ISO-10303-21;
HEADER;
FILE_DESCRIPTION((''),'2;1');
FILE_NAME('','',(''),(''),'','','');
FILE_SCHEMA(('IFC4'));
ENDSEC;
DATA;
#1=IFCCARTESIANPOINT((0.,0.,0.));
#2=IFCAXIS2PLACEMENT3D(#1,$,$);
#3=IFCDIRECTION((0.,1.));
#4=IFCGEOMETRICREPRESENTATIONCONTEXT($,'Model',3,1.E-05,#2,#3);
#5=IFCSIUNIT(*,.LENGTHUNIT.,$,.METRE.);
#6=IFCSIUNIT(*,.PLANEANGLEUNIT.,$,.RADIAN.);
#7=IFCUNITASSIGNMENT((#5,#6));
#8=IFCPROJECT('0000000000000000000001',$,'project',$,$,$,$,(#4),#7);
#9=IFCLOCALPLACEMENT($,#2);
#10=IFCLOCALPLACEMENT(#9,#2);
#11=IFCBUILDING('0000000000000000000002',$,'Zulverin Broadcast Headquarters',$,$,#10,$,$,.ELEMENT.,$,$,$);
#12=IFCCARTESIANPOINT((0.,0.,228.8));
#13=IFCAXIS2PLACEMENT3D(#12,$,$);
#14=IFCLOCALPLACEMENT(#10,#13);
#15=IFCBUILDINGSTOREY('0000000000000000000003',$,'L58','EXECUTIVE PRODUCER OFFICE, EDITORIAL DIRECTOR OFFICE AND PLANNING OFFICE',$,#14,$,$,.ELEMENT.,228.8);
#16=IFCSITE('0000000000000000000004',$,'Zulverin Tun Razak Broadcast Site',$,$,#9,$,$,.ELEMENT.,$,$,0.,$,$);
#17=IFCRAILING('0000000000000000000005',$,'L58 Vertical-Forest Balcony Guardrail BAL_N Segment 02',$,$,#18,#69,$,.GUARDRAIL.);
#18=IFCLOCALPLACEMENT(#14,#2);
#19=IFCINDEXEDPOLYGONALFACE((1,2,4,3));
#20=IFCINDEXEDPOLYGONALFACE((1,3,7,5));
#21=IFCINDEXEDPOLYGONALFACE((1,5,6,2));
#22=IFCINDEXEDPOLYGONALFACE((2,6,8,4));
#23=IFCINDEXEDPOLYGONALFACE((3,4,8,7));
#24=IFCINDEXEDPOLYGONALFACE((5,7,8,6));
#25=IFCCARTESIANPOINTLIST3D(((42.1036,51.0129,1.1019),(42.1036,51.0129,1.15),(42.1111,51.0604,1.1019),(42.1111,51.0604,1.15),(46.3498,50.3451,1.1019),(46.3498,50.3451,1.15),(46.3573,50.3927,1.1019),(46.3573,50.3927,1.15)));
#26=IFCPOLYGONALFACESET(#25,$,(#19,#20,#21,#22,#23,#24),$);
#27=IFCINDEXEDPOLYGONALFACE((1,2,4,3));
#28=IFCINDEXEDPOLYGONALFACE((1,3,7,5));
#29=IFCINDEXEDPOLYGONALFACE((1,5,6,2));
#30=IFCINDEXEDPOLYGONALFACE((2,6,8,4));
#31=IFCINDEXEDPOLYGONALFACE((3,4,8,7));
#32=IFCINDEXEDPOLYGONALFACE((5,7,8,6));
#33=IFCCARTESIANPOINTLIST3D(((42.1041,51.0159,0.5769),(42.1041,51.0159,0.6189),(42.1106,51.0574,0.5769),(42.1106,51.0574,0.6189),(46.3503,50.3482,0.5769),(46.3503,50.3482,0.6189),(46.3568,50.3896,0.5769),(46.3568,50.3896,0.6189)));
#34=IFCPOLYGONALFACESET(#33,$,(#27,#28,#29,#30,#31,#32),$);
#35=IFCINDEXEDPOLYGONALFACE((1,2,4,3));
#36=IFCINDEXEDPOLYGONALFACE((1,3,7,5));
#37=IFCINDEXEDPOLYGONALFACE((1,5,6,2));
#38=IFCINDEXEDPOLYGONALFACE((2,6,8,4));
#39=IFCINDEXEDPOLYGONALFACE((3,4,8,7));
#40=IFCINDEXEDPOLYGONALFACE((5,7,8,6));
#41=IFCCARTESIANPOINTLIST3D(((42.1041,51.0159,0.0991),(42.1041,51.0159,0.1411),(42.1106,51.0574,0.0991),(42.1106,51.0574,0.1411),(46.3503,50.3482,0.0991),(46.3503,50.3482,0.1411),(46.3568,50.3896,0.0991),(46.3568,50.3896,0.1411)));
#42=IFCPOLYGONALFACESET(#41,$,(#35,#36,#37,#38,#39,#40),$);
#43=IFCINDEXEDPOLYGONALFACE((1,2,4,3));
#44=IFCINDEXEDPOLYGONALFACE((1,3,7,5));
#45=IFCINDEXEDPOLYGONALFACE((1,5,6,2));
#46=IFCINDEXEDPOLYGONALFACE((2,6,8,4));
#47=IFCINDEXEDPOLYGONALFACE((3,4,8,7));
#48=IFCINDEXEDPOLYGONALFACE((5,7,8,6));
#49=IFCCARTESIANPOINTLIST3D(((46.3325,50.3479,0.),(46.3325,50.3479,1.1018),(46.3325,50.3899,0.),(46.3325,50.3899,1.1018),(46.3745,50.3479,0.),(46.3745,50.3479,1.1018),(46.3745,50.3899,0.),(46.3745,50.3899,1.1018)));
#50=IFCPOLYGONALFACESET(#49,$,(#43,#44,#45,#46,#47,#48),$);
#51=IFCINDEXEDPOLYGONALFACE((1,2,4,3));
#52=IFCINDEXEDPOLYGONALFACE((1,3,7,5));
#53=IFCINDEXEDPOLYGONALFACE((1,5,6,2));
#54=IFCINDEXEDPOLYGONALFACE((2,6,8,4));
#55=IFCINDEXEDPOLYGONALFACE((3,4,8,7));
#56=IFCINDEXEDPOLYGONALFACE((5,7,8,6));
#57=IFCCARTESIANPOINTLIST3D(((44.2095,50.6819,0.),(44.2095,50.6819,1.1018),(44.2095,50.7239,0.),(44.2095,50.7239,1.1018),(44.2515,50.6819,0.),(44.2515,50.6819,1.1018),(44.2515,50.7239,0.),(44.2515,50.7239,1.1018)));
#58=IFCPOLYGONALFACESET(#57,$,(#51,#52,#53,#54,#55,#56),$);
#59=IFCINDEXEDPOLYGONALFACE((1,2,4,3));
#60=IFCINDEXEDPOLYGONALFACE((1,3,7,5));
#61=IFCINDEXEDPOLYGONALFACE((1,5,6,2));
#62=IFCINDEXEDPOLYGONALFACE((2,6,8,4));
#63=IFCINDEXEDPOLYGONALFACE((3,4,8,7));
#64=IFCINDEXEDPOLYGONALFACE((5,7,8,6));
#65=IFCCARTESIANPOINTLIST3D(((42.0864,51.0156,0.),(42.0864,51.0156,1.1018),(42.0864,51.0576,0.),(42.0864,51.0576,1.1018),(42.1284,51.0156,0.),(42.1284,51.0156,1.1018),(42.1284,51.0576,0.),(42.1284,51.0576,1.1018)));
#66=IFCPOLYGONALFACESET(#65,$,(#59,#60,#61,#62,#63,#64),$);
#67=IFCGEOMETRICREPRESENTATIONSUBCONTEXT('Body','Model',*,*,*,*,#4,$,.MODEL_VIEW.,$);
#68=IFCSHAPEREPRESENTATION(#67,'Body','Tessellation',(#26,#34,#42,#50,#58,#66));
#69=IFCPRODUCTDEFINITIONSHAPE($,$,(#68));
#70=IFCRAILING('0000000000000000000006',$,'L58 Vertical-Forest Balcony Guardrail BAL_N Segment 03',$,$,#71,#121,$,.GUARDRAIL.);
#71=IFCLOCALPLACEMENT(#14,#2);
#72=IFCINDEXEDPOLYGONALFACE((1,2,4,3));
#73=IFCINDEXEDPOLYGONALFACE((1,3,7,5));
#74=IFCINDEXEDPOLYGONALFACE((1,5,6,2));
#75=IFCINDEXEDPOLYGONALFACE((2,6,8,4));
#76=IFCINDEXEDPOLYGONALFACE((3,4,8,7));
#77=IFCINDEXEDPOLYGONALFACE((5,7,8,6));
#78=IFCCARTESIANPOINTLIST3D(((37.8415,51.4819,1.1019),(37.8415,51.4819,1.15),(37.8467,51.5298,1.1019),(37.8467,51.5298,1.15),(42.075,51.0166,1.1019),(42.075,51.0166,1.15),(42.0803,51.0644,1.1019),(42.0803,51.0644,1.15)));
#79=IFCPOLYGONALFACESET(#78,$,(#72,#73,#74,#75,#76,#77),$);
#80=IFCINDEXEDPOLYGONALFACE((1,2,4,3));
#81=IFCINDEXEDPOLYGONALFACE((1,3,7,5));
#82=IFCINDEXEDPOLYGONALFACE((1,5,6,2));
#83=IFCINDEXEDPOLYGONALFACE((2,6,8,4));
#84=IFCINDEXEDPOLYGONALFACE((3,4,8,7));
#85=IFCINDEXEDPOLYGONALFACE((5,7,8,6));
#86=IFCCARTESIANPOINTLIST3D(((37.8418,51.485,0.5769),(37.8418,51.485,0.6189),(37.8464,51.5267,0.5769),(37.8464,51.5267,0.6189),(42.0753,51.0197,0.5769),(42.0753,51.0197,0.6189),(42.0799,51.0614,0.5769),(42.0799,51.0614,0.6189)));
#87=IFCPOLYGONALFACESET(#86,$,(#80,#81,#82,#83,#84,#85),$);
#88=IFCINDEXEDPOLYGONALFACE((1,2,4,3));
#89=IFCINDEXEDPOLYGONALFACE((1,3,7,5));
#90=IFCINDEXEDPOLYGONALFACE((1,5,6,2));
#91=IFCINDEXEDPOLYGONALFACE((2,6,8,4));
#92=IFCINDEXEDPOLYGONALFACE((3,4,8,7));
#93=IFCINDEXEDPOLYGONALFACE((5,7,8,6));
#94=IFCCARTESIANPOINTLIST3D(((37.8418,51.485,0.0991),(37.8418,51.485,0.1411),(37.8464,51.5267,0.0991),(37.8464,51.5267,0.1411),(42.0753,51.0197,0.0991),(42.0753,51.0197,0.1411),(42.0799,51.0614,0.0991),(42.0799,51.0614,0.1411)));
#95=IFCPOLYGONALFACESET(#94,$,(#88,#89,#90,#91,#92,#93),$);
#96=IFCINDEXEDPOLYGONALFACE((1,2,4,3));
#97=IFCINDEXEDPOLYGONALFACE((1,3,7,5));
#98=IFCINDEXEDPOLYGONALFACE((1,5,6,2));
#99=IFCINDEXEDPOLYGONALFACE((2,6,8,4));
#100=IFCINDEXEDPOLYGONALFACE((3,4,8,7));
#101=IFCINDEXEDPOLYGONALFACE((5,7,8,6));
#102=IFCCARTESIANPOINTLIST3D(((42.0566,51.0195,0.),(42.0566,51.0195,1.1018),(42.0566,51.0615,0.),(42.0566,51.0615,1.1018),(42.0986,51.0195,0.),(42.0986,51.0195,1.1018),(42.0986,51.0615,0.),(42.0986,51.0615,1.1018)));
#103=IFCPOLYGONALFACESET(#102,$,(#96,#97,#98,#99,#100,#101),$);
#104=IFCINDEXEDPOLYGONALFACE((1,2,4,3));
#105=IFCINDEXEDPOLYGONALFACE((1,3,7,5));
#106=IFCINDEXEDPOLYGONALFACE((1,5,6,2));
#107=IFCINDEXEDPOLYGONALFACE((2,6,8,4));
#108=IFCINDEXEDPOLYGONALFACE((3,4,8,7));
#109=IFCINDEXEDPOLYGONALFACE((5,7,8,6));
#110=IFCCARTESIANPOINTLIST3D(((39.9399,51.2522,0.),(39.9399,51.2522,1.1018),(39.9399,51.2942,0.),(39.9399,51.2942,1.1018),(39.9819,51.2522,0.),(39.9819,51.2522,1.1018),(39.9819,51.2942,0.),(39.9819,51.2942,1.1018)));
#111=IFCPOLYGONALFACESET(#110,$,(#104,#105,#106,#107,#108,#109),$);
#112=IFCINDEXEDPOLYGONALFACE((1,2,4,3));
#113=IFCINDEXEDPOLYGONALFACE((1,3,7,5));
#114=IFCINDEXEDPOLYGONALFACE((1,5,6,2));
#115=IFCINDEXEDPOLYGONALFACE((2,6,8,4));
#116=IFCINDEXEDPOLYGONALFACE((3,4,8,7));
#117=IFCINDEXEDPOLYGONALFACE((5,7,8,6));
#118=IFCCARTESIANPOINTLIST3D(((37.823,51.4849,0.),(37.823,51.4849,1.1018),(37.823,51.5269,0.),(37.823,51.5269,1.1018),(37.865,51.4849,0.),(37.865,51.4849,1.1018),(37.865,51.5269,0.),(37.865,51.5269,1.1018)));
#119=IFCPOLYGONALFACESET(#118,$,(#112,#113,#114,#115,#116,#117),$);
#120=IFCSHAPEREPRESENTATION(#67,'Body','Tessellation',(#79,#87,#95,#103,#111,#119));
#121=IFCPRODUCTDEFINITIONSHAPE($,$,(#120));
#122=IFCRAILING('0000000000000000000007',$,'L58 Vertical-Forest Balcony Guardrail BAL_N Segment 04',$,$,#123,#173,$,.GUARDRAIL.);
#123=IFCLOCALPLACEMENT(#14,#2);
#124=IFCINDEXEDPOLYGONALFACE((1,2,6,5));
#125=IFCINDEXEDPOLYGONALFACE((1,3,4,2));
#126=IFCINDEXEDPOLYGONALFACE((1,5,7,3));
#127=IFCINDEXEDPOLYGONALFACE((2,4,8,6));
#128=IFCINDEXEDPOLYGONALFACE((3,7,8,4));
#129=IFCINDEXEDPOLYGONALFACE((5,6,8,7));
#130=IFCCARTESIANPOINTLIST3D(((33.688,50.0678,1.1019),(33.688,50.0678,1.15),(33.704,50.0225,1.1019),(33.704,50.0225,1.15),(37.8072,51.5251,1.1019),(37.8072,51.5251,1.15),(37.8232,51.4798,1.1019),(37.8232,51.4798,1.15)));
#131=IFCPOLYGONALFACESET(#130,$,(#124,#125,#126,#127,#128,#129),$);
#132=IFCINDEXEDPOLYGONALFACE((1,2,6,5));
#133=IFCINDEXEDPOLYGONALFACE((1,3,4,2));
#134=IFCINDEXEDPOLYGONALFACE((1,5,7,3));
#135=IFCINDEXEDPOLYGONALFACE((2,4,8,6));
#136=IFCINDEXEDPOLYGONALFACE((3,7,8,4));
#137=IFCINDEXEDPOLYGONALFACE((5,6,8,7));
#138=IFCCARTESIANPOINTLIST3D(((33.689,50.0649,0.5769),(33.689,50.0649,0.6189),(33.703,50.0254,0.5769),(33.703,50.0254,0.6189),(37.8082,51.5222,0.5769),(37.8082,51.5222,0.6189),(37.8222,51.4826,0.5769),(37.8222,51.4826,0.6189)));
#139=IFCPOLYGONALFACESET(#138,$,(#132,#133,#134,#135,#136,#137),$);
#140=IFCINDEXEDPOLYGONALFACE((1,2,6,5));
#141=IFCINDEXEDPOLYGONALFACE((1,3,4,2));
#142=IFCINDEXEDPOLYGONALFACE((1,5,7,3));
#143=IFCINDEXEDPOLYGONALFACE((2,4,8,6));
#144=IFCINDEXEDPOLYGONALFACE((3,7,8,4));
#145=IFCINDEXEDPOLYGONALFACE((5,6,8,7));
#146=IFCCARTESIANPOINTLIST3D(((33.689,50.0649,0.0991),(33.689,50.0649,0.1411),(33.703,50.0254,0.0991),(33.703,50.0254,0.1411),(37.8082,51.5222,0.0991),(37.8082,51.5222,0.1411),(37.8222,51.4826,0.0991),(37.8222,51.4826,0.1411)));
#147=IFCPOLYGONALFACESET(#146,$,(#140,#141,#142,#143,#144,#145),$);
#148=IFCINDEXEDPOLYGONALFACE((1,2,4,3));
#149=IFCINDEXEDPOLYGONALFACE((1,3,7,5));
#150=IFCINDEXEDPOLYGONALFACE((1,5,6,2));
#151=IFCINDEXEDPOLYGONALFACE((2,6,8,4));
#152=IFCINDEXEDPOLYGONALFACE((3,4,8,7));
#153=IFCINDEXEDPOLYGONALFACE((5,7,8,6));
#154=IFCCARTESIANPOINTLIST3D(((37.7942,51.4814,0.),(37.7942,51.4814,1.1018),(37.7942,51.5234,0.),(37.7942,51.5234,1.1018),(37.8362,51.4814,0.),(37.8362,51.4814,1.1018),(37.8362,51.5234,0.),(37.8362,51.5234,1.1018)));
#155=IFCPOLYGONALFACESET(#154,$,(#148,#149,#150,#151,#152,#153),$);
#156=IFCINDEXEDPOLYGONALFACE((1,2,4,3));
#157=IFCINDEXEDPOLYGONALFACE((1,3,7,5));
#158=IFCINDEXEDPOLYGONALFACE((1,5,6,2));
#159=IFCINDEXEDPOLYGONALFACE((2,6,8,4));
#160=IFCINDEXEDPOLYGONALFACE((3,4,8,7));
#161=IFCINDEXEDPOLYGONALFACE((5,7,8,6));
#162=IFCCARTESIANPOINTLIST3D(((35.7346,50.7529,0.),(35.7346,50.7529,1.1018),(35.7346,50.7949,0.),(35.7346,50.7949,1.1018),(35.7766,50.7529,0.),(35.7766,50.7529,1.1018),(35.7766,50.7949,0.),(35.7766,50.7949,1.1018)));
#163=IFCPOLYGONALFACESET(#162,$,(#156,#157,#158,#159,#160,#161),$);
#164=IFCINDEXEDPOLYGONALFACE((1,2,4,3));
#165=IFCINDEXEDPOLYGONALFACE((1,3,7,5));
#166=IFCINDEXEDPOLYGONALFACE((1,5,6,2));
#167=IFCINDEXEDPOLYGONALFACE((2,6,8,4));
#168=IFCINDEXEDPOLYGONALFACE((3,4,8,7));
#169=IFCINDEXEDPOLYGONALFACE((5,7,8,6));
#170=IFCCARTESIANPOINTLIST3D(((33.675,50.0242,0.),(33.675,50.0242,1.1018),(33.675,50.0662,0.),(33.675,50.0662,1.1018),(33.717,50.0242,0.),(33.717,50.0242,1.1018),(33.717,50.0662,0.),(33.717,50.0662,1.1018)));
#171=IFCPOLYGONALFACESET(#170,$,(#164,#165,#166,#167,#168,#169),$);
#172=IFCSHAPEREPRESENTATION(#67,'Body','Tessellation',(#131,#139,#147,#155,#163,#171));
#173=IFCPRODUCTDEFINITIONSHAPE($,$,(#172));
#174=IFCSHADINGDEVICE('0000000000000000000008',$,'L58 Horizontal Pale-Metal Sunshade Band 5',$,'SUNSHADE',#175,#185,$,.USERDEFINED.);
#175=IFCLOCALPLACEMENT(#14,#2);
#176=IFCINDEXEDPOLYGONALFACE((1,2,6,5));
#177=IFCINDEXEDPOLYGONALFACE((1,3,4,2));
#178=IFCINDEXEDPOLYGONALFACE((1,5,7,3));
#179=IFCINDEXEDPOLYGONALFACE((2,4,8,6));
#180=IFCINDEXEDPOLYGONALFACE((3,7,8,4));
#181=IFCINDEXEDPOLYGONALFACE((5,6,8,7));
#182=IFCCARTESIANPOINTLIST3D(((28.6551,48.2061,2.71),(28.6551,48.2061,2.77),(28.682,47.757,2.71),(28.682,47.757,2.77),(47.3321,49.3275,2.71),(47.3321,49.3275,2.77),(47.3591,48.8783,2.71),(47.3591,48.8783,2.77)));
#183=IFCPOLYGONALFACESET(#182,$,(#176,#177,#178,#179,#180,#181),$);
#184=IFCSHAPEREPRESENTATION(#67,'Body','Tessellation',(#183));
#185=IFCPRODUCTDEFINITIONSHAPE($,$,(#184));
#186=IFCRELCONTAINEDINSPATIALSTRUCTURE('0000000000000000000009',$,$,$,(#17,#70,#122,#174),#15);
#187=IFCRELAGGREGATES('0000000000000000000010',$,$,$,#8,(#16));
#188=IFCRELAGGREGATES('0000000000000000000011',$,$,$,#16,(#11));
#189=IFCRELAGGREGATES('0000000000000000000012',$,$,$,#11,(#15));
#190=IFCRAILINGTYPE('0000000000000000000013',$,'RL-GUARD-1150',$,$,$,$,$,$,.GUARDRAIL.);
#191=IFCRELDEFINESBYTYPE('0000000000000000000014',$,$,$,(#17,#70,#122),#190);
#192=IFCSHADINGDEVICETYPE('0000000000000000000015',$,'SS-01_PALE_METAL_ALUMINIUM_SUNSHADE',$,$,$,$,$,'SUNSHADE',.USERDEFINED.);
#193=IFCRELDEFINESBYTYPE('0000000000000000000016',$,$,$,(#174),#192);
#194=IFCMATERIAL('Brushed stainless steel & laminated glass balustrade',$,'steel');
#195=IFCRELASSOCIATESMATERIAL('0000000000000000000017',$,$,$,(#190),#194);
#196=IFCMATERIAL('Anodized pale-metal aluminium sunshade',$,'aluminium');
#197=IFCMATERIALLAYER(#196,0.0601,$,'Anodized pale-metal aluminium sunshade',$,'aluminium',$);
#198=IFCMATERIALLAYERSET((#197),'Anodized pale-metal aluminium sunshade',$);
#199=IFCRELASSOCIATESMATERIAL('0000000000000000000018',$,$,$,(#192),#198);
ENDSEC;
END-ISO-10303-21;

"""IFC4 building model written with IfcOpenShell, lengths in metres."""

from ifc_helpers import new_model, si_unit, direction, frame, origin, origin_2d, place, context, subcontext, project, spatial, rectangle, extrude, material, layer, layer_set, type_object, element, save


model = new_model("IFC4")

# Units and contexts
model_context = context("Model", 3, precision=1e-05, world=origin(), true_north=direction((0.0, 1.0)))
body_context = subcontext(model_context, "Body", "Model", "MODEL_VIEW")
ifc_project = project(units=[si_unit("LENGTHUNIT", "METRE"), si_unit("PLANEANGLEUNIT", "RADIAN")], contexts=[model_context])

# Site, building, storey
site_placement = place(None, origin())
site = spatial("IfcSite", under=ifc_project, at=site_placement, Name="Zulverin Tun Razak Broadcast Site", CompositionType="ELEMENT", RefElevation=0.0)
building_placement = place(site_placement, origin())
building = spatial("IfcBuilding", under=site, at=building_placement, Name="Zulverin Broadcast Headquarters", CompositionType="ELEMENT")
storey_placement = place(building_placement, frame((0.0, 0.0, 228.8)))
storey = spatial("IfcBuildingStorey", under=building, at=storey_placement, Name="L58", Description="EXECUTIVE PRODUCER OFFICE, EDITORIAL DIRECTOR OFFICE AND PLANNING OFFICE", CompositionType="ELEMENT", Elevation=228.8)

# Railings
ifc_material_1 = material(Name="Brushed stainless steel & laminated glass balustrade", Category="steel")
railing_type = type_object("IfcRailingType", Name="RL-GUARD-1150", PredefinedType="GUARDRAIL", material=ifc_material_1)
railing_1_placement = place(storey_placement, frame((46.3535, 50.3689, 0.0)))
element("IfcRailing", 1, at=railing_1_placement, inside=storey, type_object=railing_type, Name="L58 Vertical-Forest Balcony Guardrail BAL_N Segment 02", PredefinedType="GUARDRAIL", context=body_context, shape_type="SweptSolid", body=[
    extrude(rectangle(XDim=0.0481, YDim=0.0481, at=origin_2d()), frame((0.0, 0.0, 1.126), z_axis=(-0.98786, 0.155347, 0.0), x_axis=(-0.155347, -0.98786, 0.0)), (0.0, 0.0, 1.0), 4.2983),
    extrude(rectangle(XDim=0.042, YDim=0.042, at=origin_2d()), frame((0.0, 0.0, 0.5979), z_axis=(-0.98786, 0.155347, 0.0), x_axis=(-0.155347, -0.98786, 0.0)), (0.0, 0.0, 1.0), 4.2983),
    extrude(rectangle(XDim=0.042, YDim=0.042, at=origin_2d()), frame((0.0, 0.0, 0.1201), z_axis=(-0.98786, 0.155347, 0.0), x_axis=(-0.155347, -0.98786, 0.0)), (0.0, 0.0, 1.0), 4.2983),
    extrude(rectangle(XDim=0.042, YDim=0.042, at=origin_2d()), origin(), (0.0, 0.0, 1.0), 1.1018),
    extrude(rectangle(XDim=0.042, YDim=0.042, at=origin_2d()), frame((-2.123, 0.334, 0.0)), (0.0, 0.0, 1.0), 1.1018),
    extrude(rectangle(XDim=0.042, YDim=0.042, at=origin_2d()), frame((-4.2461, 0.6677, 0.0)), (0.0, 0.0, 1.0), 1.1018),
])
railing_2_placement = place(storey_placement, frame((42.0776, 51.0405, 0.0)))
element("IfcRailing", 2, at=railing_2_placement, inside=storey, type_object=railing_type, Name="L58 Vertical-Forest Balcony Guardrail BAL_N Segment 03", PredefinedType="GUARDRAIL", context=body_context, shape_type="SweptSolid", body=[
    extrude(rectangle(XDim=0.0481, YDim=0.0481, at=origin_2d()), frame((0.0, 0.0, 1.126), z_axis=(-0.994014, 0.109255, 0.0), x_axis=(-0.109255, -0.994014, 0.0)), (0.0, 0.0, 1.0), 4.259),
    extrude(rectangle(XDim=0.042, YDim=0.042, at=origin_2d()), frame((0.0, 0.0, 0.5979), z_axis=(-0.994014, 0.109255, 0.0), x_axis=(-0.109255, -0.994014, 0.0)), (0.0, 0.0, 1.0), 4.259),
    extrude(rectangle(XDim=0.042, YDim=0.042, at=origin_2d()), frame((0.0, 0.0, 0.1201), z_axis=(-0.994014, 0.109255, 0.0), x_axis=(-0.109255, -0.994014, 0.0)), (0.0, 0.0, 1.0), 4.259),
    extrude(rectangle(XDim=0.042, YDim=0.042, at=origin_2d()), origin(), (0.0, 0.0, 1.0), 1.1018),
    extrude(rectangle(XDim=0.042, YDim=0.042, at=origin_2d()), frame((-2.1167, 0.2327, 0.0)), (0.0, 0.0, 1.0), 1.1018),
    extrude(rectangle(XDim=0.042, YDim=0.042, at=origin_2d()), frame((-4.2336, 0.4653, 0.0)), (0.0, 0.0, 1.0), 1.1018),
])
railing_3_placement = place(storey_placement, frame((37.8152, 51.5024, 0.0)))
element("IfcRailing", 3, at=railing_3_placement, inside=storey, type_object=railing_type, Name="L58 Vertical-Forest Balcony Guardrail BAL_N Segment 04", PredefinedType="GUARDRAIL", context=body_context, shape_type="SweptSolid", body=[
    extrude(rectangle(XDim=0.0481, YDim=0.0481, at=origin_2d()), frame((0.0, 0.0, 1.126), z_axis=(-0.942741, -0.333524, 0.0), x_axis=(0.333524, -0.942741, 0.0)), (0.0, 0.0, 1.0), 4.3694),
    extrude(rectangle(XDim=0.042, YDim=0.042, at=origin_2d()), frame((0.0, 0.0, 0.5979), z_axis=(-0.942741, -0.333524, 0.0), x_axis=(0.333524, -0.942741, 0.0)), (0.0, 0.0, 1.0), 4.3694),
    extrude(rectangle(XDim=0.042, YDim=0.042, at=origin_2d()), frame((0.0, 0.0, 0.1201), z_axis=(-0.942741, -0.333524, 0.0), x_axis=(0.333524, -0.942741, 0.0)), (0.0, 0.0, 1.0), 4.3694),
    extrude(rectangle(XDim=0.042, YDim=0.042, at=origin_2d()), origin(), (0.0, 0.0, 1.0), 1.1018),
    extrude(rectangle(XDim=0.042, YDim=0.042, at=origin_2d()), frame((-2.0596, -0.7285, 0.0)), (0.0, 0.0, 1.0), 1.1018),
    extrude(rectangle(XDim=0.042, YDim=0.042, at=origin_2d()), frame((-4.1191, -1.4573, 0.0)), (0.0, 0.0, 1.0), 1.1018),
])

# Shading device
ifc_material_2 = material(Name="Anodized pale-metal aluminium sunshade", Category="aluminium")
ifc_layer_1 = layer(ifc_material_2, 0.0601, Name="Anodized pale-metal aluminium sunshade", Category="aluminium")
ifc_layer_set_1 = layer_set([ifc_layer_1], Name="Anodized pale-metal aluminium sunshade")
shading_device_type = type_object("IfcShadingDeviceType", Name="SS-01_PALE_METAL_ALUMINIUM_SUNSHADE", ElementType="SUNSHADE", PredefinedType="USERDEFINED", material=ifc_layer_set_1)
shading_device_placement = place(storey_placement, frame((38.0071, 48.5422, 2.71), z_axis=(0.0, 0.0, 1.0), x_axis=(-0.998203, -0.05993, 0.0)))
element("IfcShadingDevice", 4, at=shading_device_placement, inside=storey, type_object=shading_device_type, Name="L58 Horizontal Pale-Metal Sunshade Band 5", ObjectType="SUNSHADE", PredefinedType="USERDEFINED", context=body_context, shape_type="SweptSolid", body=[
    extrude(rectangle(XDim=18.7107, YDim=0.45, at=origin_2d()), origin(), (0.0, 0.0, 1.0), 0.0601),
])

save(model, "model.ifc")
